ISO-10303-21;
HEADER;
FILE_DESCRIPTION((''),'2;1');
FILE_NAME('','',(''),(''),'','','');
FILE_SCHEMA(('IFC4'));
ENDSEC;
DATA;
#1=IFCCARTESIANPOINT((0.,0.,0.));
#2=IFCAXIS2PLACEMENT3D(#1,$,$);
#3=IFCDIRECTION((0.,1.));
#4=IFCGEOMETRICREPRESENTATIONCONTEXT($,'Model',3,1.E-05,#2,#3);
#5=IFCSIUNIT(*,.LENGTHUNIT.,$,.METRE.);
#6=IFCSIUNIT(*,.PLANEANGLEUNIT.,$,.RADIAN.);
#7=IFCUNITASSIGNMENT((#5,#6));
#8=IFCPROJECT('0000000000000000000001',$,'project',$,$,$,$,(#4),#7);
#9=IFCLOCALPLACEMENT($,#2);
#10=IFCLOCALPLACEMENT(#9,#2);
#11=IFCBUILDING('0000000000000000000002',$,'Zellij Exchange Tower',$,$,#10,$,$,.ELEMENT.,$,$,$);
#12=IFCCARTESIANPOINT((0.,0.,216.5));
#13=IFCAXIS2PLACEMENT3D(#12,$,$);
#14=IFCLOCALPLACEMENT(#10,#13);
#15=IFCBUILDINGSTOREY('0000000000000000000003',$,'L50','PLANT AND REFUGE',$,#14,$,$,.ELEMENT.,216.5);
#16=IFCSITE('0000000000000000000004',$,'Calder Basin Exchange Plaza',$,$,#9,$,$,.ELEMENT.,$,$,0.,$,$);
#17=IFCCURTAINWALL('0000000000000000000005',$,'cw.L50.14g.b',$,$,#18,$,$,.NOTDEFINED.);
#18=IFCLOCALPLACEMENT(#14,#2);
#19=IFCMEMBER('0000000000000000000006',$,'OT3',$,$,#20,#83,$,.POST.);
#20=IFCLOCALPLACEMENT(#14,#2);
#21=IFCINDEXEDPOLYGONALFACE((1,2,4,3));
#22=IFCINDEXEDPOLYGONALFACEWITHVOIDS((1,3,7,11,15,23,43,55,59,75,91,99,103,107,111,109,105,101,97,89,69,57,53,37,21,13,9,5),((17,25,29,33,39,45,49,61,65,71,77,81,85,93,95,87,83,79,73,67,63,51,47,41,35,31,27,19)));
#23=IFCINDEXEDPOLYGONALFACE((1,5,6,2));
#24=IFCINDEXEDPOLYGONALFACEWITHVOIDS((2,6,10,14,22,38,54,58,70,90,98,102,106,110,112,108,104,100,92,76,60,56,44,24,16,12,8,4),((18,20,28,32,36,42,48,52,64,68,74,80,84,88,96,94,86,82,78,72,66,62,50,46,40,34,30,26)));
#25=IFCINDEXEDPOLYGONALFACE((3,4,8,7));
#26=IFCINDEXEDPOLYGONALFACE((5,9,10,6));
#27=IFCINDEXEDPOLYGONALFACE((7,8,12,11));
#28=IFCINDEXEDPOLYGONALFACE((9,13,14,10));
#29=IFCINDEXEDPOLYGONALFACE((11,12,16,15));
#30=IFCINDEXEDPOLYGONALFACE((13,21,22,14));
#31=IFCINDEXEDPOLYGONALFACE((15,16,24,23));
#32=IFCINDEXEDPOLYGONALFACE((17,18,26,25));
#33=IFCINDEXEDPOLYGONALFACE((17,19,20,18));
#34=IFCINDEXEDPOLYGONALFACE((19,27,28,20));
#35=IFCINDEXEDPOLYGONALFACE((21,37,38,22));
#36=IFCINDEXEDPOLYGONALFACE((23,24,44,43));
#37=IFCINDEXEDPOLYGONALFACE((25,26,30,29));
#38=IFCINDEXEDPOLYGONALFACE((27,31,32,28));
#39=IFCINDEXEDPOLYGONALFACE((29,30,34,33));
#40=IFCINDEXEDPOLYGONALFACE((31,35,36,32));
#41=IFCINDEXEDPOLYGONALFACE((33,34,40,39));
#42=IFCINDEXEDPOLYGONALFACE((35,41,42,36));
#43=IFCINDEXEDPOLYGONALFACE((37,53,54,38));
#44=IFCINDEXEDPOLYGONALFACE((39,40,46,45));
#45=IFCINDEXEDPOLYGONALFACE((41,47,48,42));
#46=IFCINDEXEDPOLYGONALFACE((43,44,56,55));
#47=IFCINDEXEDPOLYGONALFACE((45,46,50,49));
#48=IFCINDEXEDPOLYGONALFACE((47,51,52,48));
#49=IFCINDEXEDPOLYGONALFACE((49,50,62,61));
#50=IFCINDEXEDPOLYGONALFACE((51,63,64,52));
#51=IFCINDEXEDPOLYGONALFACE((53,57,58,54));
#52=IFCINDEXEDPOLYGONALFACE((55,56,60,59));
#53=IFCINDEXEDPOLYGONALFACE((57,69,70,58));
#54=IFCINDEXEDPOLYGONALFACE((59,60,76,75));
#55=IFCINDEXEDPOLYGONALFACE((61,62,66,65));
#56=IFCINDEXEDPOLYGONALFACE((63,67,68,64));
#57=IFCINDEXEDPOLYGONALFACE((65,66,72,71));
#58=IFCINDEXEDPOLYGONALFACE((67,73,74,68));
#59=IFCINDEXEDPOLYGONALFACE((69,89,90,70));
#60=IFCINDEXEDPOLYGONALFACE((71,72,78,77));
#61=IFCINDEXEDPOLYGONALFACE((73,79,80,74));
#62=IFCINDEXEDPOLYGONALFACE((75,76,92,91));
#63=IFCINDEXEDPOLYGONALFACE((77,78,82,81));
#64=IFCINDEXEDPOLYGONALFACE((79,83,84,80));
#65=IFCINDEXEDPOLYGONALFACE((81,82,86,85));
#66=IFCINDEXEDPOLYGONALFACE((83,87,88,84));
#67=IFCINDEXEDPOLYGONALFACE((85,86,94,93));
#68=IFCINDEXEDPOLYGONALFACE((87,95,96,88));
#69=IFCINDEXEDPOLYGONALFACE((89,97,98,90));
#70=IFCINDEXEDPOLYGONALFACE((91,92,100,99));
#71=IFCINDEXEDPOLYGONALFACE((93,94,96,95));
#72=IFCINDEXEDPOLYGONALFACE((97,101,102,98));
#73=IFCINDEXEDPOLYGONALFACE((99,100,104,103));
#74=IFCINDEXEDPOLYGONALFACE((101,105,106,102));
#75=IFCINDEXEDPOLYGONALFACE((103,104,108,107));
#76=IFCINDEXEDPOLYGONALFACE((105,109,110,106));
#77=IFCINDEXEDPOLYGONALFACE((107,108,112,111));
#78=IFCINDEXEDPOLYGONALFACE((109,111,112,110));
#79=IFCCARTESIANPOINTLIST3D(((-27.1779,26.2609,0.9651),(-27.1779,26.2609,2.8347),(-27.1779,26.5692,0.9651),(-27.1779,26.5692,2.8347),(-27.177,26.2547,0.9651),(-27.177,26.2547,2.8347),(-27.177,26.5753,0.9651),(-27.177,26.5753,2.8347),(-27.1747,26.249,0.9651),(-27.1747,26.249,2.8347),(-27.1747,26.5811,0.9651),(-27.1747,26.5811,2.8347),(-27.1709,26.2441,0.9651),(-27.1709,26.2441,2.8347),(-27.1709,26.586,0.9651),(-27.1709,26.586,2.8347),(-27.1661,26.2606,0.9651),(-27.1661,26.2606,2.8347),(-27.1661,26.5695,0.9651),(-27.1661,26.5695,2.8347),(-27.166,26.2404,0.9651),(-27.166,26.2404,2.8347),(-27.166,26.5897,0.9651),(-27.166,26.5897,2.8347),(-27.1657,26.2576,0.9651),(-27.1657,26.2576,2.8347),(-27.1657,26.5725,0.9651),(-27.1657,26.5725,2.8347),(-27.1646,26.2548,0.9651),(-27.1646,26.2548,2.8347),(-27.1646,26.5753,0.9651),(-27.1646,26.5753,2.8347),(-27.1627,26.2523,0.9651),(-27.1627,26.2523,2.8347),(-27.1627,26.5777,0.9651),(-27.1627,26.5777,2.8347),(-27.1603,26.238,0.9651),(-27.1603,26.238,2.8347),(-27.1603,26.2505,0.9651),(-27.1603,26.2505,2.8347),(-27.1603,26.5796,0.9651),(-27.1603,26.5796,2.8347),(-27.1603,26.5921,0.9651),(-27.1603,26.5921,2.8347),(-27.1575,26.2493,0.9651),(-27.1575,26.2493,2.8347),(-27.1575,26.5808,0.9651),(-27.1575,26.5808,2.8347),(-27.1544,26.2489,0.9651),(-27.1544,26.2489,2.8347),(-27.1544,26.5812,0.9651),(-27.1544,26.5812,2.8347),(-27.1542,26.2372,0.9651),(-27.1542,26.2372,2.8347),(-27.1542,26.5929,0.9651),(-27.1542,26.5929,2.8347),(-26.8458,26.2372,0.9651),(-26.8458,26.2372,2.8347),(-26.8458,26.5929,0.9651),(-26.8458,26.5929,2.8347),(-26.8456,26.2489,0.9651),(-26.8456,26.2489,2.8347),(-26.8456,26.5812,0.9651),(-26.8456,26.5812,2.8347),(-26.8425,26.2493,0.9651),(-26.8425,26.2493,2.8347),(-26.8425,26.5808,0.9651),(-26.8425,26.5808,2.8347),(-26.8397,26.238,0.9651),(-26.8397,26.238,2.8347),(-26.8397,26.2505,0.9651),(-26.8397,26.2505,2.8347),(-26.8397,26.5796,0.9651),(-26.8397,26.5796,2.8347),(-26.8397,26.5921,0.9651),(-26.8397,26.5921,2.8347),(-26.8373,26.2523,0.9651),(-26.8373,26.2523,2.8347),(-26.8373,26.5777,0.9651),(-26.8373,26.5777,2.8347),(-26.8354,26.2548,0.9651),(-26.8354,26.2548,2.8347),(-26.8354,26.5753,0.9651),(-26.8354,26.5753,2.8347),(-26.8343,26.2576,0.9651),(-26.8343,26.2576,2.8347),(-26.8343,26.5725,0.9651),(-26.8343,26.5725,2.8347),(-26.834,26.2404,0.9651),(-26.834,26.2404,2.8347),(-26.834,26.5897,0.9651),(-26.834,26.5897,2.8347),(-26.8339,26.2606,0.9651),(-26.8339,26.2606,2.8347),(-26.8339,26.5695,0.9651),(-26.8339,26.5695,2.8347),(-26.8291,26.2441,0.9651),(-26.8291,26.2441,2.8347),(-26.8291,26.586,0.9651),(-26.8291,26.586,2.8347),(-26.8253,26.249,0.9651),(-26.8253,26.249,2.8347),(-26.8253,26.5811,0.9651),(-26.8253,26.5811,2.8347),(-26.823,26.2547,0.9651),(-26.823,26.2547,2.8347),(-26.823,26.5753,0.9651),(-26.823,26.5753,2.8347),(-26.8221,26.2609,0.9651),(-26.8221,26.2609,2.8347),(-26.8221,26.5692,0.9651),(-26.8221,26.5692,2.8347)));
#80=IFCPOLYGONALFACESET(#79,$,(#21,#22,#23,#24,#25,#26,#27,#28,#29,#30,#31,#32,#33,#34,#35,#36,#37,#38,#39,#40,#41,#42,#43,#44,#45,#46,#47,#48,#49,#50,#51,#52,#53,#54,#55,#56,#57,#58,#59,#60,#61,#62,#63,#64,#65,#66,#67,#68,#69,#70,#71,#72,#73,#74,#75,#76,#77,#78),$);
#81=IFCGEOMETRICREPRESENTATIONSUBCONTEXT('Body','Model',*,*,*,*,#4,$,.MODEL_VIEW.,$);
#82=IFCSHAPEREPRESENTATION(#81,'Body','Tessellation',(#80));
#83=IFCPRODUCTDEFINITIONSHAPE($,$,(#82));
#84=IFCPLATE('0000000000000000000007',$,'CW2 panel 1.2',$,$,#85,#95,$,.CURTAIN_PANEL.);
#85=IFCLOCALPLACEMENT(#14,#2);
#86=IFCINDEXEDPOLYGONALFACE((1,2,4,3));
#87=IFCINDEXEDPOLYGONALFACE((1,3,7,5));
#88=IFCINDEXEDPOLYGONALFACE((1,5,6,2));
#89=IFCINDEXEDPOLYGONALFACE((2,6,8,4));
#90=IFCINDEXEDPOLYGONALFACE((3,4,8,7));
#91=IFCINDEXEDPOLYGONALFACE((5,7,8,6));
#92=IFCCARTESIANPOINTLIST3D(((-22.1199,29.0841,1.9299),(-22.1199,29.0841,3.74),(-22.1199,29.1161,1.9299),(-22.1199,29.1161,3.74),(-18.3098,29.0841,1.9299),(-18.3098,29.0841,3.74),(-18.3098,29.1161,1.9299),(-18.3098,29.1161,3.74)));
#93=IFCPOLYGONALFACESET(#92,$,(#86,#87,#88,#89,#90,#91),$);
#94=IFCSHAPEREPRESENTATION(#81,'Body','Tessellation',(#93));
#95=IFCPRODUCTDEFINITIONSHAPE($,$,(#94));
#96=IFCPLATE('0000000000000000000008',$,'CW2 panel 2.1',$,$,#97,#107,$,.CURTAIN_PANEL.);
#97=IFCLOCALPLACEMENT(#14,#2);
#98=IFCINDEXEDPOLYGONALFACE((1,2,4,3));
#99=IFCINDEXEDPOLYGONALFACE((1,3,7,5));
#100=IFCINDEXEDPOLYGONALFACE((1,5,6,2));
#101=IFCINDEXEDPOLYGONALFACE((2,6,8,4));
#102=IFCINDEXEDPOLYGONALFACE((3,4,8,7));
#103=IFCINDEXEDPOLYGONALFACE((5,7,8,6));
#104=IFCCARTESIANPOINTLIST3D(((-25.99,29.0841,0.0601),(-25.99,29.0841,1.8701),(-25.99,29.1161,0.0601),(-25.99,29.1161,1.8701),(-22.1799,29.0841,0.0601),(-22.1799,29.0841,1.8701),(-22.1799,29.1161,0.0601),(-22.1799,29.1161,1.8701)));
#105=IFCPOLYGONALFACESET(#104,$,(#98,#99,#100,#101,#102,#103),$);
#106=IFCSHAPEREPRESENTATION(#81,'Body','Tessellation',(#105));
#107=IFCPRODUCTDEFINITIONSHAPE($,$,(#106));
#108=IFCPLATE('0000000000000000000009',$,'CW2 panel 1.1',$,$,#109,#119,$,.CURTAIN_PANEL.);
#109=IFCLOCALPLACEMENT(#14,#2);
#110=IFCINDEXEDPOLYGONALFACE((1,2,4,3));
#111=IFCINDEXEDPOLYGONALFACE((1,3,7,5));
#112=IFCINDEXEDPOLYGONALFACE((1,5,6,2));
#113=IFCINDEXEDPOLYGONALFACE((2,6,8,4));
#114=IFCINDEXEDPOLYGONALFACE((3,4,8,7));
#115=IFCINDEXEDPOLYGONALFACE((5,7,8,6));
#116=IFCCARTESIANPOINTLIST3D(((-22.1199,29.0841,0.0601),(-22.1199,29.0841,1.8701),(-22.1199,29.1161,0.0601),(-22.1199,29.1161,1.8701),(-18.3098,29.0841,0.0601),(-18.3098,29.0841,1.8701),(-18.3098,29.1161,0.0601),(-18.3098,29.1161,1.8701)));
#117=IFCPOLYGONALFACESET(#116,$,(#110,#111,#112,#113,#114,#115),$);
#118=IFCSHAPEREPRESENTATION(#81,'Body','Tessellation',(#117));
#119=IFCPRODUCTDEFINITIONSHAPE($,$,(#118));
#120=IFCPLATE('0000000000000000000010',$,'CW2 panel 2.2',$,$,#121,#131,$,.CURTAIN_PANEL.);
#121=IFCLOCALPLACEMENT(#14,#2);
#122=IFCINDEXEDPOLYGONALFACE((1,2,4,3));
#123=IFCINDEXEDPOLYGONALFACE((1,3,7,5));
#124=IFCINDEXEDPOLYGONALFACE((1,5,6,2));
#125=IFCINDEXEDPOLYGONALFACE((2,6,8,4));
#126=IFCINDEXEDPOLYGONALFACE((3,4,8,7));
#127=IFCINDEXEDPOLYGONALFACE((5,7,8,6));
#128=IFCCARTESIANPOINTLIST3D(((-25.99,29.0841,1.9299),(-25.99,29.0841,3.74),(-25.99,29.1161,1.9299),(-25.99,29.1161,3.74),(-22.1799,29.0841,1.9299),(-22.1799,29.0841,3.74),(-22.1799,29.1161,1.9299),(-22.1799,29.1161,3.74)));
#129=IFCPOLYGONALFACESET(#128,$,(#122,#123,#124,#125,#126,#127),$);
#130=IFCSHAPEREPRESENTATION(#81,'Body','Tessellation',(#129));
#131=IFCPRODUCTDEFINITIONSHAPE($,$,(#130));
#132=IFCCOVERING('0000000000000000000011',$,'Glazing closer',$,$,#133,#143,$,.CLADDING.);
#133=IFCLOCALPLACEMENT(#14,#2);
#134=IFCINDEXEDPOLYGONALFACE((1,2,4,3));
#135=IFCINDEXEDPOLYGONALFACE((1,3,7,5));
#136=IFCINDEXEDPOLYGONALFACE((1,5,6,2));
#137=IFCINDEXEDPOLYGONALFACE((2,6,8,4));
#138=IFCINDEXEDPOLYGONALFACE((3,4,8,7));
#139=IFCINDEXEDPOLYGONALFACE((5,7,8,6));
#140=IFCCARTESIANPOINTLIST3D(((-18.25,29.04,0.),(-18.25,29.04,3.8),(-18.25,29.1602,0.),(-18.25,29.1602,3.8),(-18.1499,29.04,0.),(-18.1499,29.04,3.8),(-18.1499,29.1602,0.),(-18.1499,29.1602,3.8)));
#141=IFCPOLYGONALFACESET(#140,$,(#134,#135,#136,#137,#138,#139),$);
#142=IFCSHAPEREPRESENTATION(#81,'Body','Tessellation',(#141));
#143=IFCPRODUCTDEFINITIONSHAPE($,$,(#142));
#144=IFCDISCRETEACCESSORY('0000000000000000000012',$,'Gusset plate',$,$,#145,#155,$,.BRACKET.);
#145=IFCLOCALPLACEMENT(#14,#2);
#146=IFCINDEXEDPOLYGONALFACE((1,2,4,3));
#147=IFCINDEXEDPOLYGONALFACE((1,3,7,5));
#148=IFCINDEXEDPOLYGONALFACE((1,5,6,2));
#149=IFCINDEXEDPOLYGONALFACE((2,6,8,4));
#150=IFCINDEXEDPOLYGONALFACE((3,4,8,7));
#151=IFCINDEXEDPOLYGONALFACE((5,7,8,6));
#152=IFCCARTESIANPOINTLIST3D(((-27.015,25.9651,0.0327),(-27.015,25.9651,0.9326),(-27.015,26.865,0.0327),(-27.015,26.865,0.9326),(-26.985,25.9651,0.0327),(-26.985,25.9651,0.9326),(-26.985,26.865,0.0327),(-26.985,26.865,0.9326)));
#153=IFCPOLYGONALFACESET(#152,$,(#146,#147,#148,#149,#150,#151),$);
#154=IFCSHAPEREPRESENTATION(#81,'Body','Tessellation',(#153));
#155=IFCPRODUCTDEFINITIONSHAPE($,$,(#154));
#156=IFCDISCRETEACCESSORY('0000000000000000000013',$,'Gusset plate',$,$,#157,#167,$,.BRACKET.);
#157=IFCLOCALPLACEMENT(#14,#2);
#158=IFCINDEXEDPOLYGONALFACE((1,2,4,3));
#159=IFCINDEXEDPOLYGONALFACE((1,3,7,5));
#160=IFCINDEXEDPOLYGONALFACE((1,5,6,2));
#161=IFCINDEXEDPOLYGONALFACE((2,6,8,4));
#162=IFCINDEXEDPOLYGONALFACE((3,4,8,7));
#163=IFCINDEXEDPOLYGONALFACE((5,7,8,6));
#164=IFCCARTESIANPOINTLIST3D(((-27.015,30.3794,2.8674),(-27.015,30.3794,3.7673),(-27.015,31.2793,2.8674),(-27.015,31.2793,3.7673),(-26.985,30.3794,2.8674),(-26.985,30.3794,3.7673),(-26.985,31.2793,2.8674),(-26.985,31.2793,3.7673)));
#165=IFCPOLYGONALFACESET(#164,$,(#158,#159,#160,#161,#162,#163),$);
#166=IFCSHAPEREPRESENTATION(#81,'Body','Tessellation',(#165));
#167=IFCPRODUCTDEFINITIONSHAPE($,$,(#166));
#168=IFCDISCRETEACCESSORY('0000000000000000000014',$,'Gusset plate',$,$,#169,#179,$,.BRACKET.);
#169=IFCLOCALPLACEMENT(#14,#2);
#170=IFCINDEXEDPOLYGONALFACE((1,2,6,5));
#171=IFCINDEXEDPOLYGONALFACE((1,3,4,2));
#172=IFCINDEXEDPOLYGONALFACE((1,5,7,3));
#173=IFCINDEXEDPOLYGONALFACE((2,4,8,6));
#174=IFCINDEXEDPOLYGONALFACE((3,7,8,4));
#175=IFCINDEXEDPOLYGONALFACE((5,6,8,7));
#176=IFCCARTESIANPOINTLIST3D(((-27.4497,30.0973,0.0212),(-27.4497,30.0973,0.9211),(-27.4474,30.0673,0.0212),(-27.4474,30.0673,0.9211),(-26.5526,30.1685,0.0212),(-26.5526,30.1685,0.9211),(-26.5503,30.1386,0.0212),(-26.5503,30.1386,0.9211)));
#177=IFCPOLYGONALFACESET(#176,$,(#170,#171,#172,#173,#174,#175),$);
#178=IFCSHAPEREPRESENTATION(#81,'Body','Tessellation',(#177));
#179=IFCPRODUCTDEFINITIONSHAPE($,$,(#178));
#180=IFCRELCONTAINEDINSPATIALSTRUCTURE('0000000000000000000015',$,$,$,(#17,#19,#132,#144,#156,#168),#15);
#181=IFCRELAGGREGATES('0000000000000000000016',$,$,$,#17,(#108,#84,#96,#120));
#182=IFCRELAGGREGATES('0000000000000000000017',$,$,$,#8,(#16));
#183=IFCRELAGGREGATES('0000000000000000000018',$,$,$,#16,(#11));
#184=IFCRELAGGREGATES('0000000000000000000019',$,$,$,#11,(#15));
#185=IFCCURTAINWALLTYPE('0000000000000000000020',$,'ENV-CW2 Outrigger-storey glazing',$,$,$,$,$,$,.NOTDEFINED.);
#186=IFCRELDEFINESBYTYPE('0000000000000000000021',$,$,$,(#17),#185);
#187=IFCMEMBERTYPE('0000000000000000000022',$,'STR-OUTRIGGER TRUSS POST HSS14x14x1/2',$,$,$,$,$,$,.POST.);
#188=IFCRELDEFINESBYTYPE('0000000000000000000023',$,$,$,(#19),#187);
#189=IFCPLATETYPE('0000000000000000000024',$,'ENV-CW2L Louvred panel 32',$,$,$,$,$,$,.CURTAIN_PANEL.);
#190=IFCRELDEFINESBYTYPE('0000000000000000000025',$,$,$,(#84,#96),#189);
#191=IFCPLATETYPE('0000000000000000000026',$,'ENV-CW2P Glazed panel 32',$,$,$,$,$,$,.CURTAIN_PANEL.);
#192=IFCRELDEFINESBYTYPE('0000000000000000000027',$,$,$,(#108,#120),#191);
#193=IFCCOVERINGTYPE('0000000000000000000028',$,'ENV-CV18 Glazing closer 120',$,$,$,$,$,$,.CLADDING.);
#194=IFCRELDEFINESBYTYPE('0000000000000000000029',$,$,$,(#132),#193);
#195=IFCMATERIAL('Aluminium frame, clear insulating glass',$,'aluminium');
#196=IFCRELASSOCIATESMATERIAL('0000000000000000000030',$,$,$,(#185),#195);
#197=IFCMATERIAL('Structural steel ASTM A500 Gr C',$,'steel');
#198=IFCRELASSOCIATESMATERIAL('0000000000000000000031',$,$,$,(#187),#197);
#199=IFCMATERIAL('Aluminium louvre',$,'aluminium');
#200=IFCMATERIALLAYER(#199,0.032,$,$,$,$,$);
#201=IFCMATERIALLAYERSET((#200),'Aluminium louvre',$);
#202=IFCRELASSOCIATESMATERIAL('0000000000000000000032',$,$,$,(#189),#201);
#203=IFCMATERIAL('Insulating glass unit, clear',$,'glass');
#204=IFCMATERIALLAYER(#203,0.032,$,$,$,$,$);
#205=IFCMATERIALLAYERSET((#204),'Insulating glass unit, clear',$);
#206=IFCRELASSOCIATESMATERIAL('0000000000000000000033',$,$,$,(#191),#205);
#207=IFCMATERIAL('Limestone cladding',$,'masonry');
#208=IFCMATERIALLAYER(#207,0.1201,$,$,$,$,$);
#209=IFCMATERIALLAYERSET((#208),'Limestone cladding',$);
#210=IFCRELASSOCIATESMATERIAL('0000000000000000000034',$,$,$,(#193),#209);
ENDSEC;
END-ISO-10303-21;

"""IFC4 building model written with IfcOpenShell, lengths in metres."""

from ifc_helpers import new_model, si_unit, direction, frame, origin, origin_2d, place, context, subcontext, project, spatial, rectangle, hollow_rectangle, extrude, material, layer, layer_set, material_profile, profile_set, type_object, element, aggregate, save


model = new_model("IFC4")

# Units and contexts
model_context = context("Model", 3, precision=1e-05, world=origin(), true_north=direction((0.0, 1.0)))
body_context = subcontext(model_context, "Body", "Model", "MODEL_VIEW")
ifc_project = project(units=[si_unit("LENGTHUNIT", "METRE"), si_unit("PLANEANGLEUNIT", "RADIAN")], contexts=[model_context])

# Site, building, storey
site_placement = place(None, origin())
site = spatial("IfcSite", under=ifc_project, at=site_placement, Name="Calder Basin Exchange Plaza", CompositionType="ELEMENT", RefElevation=0.0)
building_placement = place(site_placement, origin())
building = spatial("IfcBuilding", under=site, at=building_placement, Name="Zellij Exchange Tower", CompositionType="ELEMENT")
storey_placement = place(building_placement, frame((0.0, 0.0, 216.5)))
storey = spatial("IfcBuildingStorey", under=building, at=storey_placement, Name="L50", Description="PLANT AND REFUGE", CompositionType="ELEMENT", Elevation=216.5)

# Curtain wall
ifc_material_1 = material(Name="Aluminium frame, clear insulating glass", Category="aluminium")
curtain_wall_type = type_object("IfcCurtainWallType", Name="ENV-CW2 Outrigger-storey glazing", PredefinedType="NOTDEFINED", material=ifc_material_1)
curtain_wall_placement = place(storey_placement, origin())
curtain_wall = element("IfcCurtainWall", 1, at=curtain_wall_placement, inside=storey, type_object=curtain_wall_type, Name="cw.L50.14g.b", PredefinedType="NOTDEFINED")

# Shared definitions
ifc_material_2 = material(Name="Structural steel ASTM A500 Gr C", Category="steel")

# Member
ifc_material_profile_1 = material_profile(ifc_material_2, hollow_rectangle(XDim=0.3557, YDim=0.3557, WallThickness=0.0117, InnerFilletRadius=0.0117, OuterFilletRadius=0.0237, at=origin_2d()), Name="STR-OUTRIGGER TRUSS POST HSS14x14x1/2")
ifc_profile_set_1 = profile_set([ifc_material_profile_1], Name="Structural steel ASTM A500 Gr C")
member_type_1 = type_object("IfcMemberType", Name="STR-OUTRIGGER TRUSS POST HSS14x14x1/2", PredefinedType="POST", material=ifc_profile_set_1)
member_1_placement = place(storey_placement, frame((-27.0, 26.415, 0.9651), z_axis=(0.0, 0.0, 1.0), x_axis=(1.0, 0.0, 0.0)))
element("IfcMember", 2, at=member_1_placement, inside=storey, type_object=member_type_1, Name="OT3", PredefinedType="POST", context=body_context, shape_type="SweptSolid", body=[
    extrude(hollow_rectangle(XDim=0.3557, YDim=0.3557, WallThickness=0.0117, InnerFilletRadius=0.0117, OuterFilletRadius=0.0237, at=origin_2d()), origin(), (0.0, 0.0, 1.0), 1.8696),
])

# Plates
ifc_material_3 = material(Name="Aluminium louvre", Category="aluminium")
ifc_layer_1 = layer(ifc_material_3, 0.032)
ifc_layer_set_1 = layer_set([ifc_layer_1], Name="Aluminium louvre")
plate_type_1 = type_object("IfcPlateType", Name="ENV-CW2L Louvred panel 32", PredefinedType="CURTAIN_PANEL", material=ifc_layer_set_1)
plate_1_placement = place(storey_placement, frame((-20.2148, 29.1001, 1.9299), z_axis=(0.0, 0.0, 1.0), x_axis=(-1.0, 0.0, 0.0)))
plate_1 = element("IfcPlate", 3, at=plate_1_placement, type_object=plate_type_1, Name="CW2 panel 1.2", PredefinedType="CURTAIN_PANEL", context=body_context, shape_type="SweptSolid", body=[
    extrude(rectangle(XDim=3.8101, YDim=0.032, at=origin_2d()), origin(), (0.0, 0.0, 1.0), 1.8101),
])
plate_2_placement = place(storey_placement, frame((-24.085, 29.1001, 0.0601), z_axis=(0.0, 0.0, 1.0), x_axis=(-1.0, 0.0, 0.0)))
plate_2 = element("IfcPlate", 4, at=plate_2_placement, type_object=plate_type_1, Name="CW2 panel 2.1", PredefinedType="CURTAIN_PANEL", context=body_context, shape_type="SweptSolid", body=[
    extrude(rectangle(XDim=3.8101, YDim=0.032, at=origin_2d()), origin(), (0.0, 0.0, 1.0), 1.8101),
])
ifc_material_4 = material(Name="Insulating glass unit, clear", Category="glass")
ifc_layer_2 = layer(ifc_material_4, 0.032)
ifc_layer_set_2 = layer_set([ifc_layer_2], Name="Insulating glass unit, clear")
plate_type_2 = type_object("IfcPlateType", Name="ENV-CW2P Glazed panel 32", PredefinedType="CURTAIN_PANEL", material=ifc_layer_set_2)
plate_3_placement = place(storey_placement, frame((-20.2148, 29.1001, 0.0601), z_axis=(0.0, 0.0, 1.0), x_axis=(-1.0, 0.0, 0.0)))
plate_3 = element("IfcPlate", 5, at=plate_3_placement, type_object=plate_type_2, Name="CW2 panel 1.1", PredefinedType="CURTAIN_PANEL", context=body_context, shape_type="SweptSolid", body=[
    extrude(rectangle(XDim=3.8101, YDim=0.032, at=origin_2d()), origin(), (0.0, 0.0, 1.0), 1.8101),
])
plate_4_placement = place(storey_placement, frame((-24.085, 29.1001, 1.9299), z_axis=(0.0, 0.0, 1.0), x_axis=(-1.0, 0.0, 0.0)))
plate_4 = element("IfcPlate", 6, at=plate_4_placement, type_object=plate_type_2, Name="CW2 panel 2.2", PredefinedType="CURTAIN_PANEL", context=body_context, shape_type="SweptSolid", body=[
    extrude(rectangle(XDim=3.8101, YDim=0.032, at=origin_2d()), origin(), (0.0, 0.0, 1.0), 1.8101),
])
aggregate(curtain_wall, [plate_3, plate_1, plate_2, plate_4])

# Covering
ifc_material_5 = material(Name="Limestone cladding", Category="masonry")
ifc_layer_3 = layer(ifc_material_5, 0.1201)
ifc_layer_set_3 = layer_set([ifc_layer_3], Name="Limestone cladding")
covering_type = type_object("IfcCoveringType", Name="ENV-CV18 Glazing closer 120", PredefinedType="CLADDING", material=ifc_layer_set_3)
covering_placement = place(storey_placement, frame((-18.2, 29.1001, 0.0), z_axis=(0.0, 0.0, 1.0), x_axis=(-1.0, 0.0, 0.0)))
element("IfcCovering", 7, at=covering_placement, inside=storey, type_object=covering_type, Name="Glazing closer", PredefinedType="CLADDING", context=body_context, shape_type="SweptSolid", body=[
    extrude(rectangle(XDim=0.1001, YDim=0.1201, at=origin_2d()), origin(), (0.0, 0.0, 1.0), 3.8),
])

# Discrete accessories
for number, where, z_axis, x_axis, name in (
    (8, (-27.0, 26.415, 0.0327), (0.0, 0.0, 1.0), (0.0, 1.0, 0.0), "Gusset plate"),
    (9, (-27.0, 30.8293, 2.8674), (0.0, 0.0, 1.0), (0.0, 1.0, 0.0), "Gusset plate"),
    (10, (-27.0, 30.1179, 0.0212), (0.0, 0.0, 1.0), (0.996864, 0.079129, 0.0), "Gusset plate"),
):
    element("IfcDiscreteAccessory", number, at=place(storey_placement, frame(where, z_axis=z_axis, x_axis=x_axis)), inside=storey, Name=name, PredefinedType="BRACKET", context=body_context, shape_type="SweptSolid", body=[
        extrude(rectangle(XDim=0.8999, YDim=0.03, at=origin_2d()), origin(), (0.0, 0.0, 1.0), 0.8999),
    ])

save(model, "model.ifc")
